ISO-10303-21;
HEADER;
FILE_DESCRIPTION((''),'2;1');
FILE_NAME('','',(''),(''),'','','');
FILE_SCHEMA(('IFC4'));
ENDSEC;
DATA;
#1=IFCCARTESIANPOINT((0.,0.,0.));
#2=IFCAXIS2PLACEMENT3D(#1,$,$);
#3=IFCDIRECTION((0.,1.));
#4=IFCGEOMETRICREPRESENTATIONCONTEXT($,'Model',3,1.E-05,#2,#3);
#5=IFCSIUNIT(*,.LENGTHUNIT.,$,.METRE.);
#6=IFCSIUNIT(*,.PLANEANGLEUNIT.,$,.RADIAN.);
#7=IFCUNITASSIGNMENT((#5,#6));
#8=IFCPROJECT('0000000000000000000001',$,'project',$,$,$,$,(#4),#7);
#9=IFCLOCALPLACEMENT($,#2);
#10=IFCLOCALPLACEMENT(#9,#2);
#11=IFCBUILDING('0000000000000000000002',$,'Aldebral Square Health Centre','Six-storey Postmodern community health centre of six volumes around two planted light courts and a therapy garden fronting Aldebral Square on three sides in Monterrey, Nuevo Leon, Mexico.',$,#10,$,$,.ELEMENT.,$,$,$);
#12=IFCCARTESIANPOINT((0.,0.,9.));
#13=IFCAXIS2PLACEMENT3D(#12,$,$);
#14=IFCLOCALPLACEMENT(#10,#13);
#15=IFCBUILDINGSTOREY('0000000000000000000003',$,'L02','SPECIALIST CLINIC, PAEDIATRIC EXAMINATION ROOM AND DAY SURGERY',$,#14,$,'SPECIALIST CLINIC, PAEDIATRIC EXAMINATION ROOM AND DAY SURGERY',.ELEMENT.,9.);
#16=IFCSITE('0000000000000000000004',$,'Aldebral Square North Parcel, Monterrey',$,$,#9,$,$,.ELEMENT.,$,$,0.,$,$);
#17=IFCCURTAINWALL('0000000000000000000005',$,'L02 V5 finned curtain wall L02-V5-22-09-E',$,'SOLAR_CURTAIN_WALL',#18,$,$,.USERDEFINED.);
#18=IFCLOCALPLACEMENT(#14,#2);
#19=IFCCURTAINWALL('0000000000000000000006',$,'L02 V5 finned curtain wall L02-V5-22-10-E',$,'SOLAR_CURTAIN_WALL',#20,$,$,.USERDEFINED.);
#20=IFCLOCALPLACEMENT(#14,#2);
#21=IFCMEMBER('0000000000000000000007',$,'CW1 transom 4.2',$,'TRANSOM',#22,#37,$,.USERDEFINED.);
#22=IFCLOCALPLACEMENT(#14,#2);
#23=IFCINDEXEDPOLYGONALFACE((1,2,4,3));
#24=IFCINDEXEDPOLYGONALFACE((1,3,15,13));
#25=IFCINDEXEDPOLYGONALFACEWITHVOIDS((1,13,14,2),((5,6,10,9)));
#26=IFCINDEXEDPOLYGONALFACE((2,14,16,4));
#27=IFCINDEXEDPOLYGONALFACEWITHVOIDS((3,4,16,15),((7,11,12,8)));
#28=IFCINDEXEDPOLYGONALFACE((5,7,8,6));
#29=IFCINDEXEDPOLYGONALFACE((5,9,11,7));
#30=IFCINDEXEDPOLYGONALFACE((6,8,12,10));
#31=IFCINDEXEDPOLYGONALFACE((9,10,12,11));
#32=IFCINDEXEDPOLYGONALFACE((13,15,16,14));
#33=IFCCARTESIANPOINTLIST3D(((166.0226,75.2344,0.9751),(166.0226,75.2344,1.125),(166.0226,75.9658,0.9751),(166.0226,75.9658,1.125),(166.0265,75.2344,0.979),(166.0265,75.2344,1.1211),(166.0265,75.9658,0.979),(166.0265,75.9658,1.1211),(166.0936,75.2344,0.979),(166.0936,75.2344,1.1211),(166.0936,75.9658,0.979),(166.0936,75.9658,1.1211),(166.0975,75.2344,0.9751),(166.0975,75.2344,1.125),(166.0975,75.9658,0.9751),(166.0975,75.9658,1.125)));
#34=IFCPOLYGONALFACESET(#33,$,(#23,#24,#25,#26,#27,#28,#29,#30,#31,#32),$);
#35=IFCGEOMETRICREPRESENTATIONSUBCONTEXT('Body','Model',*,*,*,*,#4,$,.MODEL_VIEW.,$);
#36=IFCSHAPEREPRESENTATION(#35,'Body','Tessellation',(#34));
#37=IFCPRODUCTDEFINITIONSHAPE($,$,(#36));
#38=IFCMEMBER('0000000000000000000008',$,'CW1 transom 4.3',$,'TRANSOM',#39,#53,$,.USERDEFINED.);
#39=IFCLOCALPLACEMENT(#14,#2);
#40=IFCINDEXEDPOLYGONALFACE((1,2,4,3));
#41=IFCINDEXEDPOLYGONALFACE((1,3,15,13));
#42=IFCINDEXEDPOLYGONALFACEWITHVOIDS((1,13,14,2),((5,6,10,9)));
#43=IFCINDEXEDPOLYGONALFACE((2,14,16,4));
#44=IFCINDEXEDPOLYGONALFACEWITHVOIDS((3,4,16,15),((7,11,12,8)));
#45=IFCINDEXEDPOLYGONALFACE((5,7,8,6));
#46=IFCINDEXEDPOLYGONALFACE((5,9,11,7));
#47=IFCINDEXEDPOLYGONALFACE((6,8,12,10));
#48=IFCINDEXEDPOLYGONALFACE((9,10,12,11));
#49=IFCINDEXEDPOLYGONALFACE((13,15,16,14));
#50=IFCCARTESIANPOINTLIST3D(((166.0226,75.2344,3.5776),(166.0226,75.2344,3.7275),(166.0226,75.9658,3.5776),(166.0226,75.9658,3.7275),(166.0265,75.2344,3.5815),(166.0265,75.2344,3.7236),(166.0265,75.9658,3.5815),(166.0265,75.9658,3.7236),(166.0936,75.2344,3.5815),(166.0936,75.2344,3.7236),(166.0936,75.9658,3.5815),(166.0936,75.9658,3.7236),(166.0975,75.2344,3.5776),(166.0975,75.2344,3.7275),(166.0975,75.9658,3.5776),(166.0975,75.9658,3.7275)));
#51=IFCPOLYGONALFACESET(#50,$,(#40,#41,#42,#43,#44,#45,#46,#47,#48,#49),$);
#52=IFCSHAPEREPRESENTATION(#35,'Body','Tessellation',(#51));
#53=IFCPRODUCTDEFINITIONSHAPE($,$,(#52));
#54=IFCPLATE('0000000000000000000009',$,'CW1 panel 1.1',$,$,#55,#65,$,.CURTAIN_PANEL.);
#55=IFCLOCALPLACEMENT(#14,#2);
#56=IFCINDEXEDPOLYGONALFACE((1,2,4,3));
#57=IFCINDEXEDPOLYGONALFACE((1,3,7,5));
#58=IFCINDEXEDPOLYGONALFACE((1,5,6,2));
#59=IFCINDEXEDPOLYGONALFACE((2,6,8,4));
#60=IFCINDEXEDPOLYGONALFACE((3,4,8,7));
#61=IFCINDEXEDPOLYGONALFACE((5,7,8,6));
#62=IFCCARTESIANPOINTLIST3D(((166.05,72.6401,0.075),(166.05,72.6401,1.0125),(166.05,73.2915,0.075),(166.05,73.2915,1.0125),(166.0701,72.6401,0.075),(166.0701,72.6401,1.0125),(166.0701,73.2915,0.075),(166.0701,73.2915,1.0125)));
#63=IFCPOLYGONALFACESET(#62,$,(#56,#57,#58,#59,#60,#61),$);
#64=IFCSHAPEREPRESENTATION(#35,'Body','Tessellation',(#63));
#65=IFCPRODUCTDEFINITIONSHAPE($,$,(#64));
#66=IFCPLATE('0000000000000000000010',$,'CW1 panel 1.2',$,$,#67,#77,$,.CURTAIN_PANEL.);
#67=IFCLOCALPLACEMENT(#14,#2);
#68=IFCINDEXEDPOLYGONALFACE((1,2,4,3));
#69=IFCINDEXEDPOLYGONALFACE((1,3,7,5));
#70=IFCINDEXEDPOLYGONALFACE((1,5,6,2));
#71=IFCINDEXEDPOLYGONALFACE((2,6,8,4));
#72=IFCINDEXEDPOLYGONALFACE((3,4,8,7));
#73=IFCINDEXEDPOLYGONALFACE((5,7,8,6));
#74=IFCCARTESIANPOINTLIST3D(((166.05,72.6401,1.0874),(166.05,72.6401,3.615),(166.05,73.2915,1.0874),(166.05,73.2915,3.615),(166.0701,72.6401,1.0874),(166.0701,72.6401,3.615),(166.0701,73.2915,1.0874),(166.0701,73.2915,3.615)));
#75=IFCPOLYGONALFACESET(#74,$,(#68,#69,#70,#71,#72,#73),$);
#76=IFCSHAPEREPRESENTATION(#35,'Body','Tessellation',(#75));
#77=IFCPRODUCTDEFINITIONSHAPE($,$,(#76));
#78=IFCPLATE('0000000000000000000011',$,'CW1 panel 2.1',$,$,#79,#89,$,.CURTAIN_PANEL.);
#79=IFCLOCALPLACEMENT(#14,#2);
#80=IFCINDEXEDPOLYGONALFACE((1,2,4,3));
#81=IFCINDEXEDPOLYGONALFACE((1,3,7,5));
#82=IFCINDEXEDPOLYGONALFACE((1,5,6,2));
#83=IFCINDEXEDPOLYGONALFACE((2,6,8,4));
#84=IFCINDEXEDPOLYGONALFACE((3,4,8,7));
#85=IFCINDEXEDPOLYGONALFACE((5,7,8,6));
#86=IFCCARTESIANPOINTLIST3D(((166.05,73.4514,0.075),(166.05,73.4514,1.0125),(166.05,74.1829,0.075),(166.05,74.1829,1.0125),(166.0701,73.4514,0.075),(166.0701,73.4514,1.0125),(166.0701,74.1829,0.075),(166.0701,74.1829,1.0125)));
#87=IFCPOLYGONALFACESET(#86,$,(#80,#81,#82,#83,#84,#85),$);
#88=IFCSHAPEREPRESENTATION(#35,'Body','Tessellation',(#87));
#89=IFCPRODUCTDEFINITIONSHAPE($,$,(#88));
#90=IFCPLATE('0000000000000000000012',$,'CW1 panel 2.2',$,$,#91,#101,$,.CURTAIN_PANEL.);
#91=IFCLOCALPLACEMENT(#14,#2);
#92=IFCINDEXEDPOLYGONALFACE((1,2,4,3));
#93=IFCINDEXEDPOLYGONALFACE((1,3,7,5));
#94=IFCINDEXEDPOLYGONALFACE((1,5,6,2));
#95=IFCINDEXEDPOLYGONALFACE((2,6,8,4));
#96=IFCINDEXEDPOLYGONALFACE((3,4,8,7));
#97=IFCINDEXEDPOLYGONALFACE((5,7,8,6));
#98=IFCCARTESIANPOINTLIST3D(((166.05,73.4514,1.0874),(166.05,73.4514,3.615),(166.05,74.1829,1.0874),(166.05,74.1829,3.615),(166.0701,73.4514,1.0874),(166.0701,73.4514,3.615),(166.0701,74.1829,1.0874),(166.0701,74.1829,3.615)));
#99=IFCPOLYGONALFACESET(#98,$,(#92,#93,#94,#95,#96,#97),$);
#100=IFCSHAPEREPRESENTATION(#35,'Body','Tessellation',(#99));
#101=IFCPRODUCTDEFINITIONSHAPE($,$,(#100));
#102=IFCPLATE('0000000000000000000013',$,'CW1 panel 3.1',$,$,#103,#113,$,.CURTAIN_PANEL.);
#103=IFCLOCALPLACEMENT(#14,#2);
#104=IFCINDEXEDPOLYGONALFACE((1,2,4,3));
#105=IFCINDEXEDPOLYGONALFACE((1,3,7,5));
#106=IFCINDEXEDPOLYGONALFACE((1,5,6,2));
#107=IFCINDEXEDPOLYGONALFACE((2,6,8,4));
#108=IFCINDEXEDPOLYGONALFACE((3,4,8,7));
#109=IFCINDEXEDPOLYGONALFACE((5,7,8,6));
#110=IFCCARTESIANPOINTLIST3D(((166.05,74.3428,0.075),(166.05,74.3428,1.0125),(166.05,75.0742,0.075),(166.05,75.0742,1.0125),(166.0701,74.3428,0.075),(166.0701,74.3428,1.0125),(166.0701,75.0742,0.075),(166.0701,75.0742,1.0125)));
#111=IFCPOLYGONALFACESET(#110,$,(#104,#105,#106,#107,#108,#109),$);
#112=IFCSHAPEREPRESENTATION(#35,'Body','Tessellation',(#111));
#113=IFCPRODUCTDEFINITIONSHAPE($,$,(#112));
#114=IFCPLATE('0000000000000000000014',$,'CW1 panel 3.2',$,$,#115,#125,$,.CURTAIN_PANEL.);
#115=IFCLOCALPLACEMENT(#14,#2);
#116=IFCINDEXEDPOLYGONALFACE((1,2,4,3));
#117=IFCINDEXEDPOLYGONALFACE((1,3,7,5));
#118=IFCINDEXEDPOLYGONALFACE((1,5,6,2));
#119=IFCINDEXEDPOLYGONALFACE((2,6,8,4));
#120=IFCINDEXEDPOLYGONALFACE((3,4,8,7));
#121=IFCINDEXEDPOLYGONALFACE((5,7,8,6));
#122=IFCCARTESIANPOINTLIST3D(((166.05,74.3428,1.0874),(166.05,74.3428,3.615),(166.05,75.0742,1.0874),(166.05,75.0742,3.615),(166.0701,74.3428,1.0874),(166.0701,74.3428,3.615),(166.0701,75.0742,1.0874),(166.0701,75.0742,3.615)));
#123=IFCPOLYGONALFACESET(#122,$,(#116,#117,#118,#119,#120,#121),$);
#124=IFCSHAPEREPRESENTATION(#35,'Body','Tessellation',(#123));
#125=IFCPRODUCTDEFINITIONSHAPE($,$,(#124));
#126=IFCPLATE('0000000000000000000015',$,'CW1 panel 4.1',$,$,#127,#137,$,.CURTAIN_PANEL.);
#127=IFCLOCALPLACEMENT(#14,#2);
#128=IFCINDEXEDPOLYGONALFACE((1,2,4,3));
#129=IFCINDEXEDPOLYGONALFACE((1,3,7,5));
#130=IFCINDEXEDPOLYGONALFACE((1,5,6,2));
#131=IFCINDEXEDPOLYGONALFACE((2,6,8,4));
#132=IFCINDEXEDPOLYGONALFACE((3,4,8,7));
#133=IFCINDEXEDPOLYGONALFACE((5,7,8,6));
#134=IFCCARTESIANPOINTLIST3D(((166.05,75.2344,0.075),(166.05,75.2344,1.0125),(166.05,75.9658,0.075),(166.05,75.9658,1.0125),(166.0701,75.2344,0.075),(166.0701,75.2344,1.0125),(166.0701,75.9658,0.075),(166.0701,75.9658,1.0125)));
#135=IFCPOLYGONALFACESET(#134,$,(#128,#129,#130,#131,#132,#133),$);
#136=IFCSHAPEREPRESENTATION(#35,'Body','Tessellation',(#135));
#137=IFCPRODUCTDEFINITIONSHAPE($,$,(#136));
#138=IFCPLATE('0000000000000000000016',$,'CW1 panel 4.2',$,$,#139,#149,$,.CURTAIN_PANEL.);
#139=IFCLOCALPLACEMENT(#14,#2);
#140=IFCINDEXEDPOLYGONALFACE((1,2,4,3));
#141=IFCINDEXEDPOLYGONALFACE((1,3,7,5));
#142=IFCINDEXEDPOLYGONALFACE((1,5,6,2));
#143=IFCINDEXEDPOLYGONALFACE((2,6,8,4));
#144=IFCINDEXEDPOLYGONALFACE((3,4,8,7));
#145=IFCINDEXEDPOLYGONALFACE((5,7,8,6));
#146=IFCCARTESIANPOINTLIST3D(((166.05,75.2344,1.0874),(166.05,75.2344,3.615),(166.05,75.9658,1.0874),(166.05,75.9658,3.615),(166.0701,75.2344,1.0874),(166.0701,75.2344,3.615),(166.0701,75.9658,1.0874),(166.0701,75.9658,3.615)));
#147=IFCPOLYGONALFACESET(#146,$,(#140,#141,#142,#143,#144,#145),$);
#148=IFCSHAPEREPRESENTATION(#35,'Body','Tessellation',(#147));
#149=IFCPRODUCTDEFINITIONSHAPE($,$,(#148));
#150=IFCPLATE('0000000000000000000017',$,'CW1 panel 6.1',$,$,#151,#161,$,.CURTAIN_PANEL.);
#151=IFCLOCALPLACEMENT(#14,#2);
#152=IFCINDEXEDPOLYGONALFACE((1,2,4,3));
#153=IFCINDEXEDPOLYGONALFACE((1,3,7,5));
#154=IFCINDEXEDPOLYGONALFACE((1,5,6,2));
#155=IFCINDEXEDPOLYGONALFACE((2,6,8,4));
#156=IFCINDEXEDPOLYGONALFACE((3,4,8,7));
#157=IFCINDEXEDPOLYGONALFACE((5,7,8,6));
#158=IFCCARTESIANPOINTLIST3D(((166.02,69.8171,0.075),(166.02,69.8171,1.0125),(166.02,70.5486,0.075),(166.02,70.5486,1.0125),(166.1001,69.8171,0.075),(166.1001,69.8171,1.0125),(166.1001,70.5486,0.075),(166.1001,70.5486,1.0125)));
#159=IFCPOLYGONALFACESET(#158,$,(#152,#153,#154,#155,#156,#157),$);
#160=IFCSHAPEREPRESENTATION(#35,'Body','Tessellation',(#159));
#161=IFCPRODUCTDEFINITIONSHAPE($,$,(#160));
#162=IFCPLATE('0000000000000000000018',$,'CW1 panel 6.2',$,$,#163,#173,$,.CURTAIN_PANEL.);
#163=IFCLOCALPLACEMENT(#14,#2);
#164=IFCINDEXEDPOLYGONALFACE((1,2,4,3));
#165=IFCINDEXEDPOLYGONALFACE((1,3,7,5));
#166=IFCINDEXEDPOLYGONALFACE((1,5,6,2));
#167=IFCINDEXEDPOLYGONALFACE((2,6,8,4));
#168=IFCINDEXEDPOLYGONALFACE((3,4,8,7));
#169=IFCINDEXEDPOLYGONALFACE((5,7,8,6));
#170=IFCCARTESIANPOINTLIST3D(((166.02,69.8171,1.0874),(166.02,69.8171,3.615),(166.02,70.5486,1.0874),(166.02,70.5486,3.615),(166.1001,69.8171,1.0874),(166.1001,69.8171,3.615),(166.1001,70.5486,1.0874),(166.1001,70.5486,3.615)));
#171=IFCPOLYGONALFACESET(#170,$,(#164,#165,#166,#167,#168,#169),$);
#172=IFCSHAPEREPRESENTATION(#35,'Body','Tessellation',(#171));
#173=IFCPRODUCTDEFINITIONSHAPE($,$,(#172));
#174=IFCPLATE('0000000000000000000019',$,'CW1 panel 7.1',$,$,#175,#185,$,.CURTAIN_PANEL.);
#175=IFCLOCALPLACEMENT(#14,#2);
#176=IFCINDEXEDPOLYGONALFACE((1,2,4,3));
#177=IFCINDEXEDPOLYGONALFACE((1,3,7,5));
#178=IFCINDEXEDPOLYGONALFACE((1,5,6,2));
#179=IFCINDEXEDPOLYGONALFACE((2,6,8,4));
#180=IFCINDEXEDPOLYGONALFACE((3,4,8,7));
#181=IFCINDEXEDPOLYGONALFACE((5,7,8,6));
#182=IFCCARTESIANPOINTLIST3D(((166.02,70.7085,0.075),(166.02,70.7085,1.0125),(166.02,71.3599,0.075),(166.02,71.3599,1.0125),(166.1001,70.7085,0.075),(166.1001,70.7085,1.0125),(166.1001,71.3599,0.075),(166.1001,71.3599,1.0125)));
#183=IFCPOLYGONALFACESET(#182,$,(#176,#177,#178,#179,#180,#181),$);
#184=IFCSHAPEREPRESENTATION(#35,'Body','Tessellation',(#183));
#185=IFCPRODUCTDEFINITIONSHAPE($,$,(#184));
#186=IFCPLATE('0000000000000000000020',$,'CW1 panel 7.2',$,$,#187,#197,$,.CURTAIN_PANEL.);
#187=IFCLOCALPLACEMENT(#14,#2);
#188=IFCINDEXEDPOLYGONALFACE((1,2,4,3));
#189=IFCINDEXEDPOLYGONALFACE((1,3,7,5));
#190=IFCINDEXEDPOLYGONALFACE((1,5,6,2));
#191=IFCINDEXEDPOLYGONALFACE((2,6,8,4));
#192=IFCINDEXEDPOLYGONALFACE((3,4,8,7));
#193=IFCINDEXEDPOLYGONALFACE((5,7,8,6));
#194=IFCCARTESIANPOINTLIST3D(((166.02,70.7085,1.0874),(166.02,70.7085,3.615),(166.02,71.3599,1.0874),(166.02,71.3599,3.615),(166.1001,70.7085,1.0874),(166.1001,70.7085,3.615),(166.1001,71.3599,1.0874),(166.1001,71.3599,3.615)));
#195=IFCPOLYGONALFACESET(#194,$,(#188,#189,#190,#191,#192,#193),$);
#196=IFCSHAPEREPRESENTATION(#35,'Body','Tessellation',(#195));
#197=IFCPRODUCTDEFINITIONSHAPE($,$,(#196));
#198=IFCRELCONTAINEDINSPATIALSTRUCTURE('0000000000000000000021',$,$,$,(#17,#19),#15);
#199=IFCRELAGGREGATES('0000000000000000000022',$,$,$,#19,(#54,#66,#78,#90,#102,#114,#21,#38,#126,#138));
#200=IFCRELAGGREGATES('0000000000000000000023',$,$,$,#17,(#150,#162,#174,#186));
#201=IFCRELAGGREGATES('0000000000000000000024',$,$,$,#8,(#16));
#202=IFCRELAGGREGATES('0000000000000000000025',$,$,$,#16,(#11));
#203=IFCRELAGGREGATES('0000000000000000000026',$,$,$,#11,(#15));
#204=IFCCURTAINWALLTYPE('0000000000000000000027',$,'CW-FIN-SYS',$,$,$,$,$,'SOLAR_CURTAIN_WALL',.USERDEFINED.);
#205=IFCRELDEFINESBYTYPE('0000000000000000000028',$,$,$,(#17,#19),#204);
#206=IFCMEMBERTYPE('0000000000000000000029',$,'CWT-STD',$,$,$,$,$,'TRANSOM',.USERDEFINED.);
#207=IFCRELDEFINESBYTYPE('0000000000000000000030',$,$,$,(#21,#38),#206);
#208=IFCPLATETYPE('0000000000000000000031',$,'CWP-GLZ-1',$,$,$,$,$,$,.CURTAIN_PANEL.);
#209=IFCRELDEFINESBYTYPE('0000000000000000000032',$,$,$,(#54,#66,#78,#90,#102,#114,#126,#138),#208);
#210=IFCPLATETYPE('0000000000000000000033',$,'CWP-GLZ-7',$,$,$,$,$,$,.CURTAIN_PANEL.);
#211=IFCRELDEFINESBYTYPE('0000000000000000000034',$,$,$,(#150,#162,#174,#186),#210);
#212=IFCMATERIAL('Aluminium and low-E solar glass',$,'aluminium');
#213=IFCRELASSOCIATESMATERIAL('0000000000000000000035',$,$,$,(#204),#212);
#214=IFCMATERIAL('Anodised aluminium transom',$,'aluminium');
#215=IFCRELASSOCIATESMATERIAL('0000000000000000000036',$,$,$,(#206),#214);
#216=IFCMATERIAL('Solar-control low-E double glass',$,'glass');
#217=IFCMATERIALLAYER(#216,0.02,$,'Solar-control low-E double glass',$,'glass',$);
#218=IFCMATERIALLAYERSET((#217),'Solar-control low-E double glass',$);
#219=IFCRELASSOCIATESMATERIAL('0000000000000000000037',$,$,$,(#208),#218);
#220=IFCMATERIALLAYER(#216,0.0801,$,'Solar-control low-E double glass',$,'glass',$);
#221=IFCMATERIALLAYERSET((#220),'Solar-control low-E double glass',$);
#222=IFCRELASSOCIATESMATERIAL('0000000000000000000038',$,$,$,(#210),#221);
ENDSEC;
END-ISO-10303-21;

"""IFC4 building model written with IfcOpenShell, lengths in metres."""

from ifc_helpers import new_model, si_unit, direction, frame, origin, origin_2d, place, context, subcontext, project, spatial, rectangle, hollow_rectangle, extrude, material, layer, layer_set, material_profile, profile_set, type_object, element, aggregate, save


model = new_model("IFC4")

# Units and contexts
model_context = context("Model", 3, precision=1e-05, world=origin(), true_north=direction((0.0, 1.0)))
body_context = subcontext(model_context, "Body", "Model", "MODEL_VIEW")
ifc_project = project(units=[si_unit("LENGTHUNIT", "METRE"), si_unit("PLANEANGLEUNIT", "RADIAN")], contexts=[model_context])

# Site, building, storey
site_placement = place(None, origin())
site = spatial("IfcSite", under=ifc_project, at=site_placement, Name="Aldebral Square North Parcel, Monterrey", CompositionType="ELEMENT", RefElevation=0.0)
building_placement = place(site_placement, origin())
building = spatial("IfcBuilding", under=site, at=building_placement, Name="Aldebral Square Health Centre", Description="Six-storey Postmodern community health centre of six volumes around two planted light courts and a therapy garden fronting Aldebral Square on three sides in Monterrey, Nuevo Leon, Mexico.", CompositionType="ELEMENT")
storey_placement = place(building_placement, frame((0.0, 0.0, 9.0)))
storey = spatial("IfcBuildingStorey", under=building, at=storey_placement, Name="L02", Description="SPECIALIST CLINIC, PAEDIATRIC EXAMINATION ROOM AND DAY SURGERY", LongName="SPECIALIST CLINIC, PAEDIATRIC EXAMINATION ROOM AND DAY SURGERY", CompositionType="ELEMENT", Elevation=9.0)

# Curtain walls
ifc_material_1 = material(Name="Aluminium and low-E solar glass", Category="aluminium")
curtain_wall_type = type_object("IfcCurtainWallType", Name="CW-FIN-SYS", ElementType="SOLAR_CURTAIN_WALL", PredefinedType="USERDEFINED", material=ifc_material_1)
curtain_wall_1_placement = place(storey_placement, origin())
curtain_wall_1 = element("IfcCurtainWall", 1, at=curtain_wall_1_placement, inside=storey, type_object=curtain_wall_type, Name="L02 V5 finned curtain wall L02-V5-22-09-E", ObjectType="SOLAR_CURTAIN_WALL", PredefinedType="USERDEFINED")
curtain_wall_2_placement = place(storey_placement, origin())
curtain_wall_2 = element("IfcCurtainWall", 2, at=curtain_wall_2_placement, inside=storey, type_object=curtain_wall_type, Name="L02 V5 finned curtain wall L02-V5-22-10-E", ObjectType="SOLAR_CURTAIN_WALL", PredefinedType="USERDEFINED")

# Members
ifc_material_2 = material(Name="Anodised aluminium transom", Category="aluminium")
ifc_material_profile_1 = material_profile(ifc_material_2, hollow_rectangle(XDim=0.075, YDim=0.1499, WallThickness=0.0039, at=origin_2d()), Name="CWT 75x150x4")
ifc_profile_set_1 = profile_set([ifc_material_profile_1], Name="Anodised aluminium transom")
member_type_1 = type_object("IfcMemberType", Name="CWT-STD", ElementType="TRANSOM", PredefinedType="USERDEFINED", material=ifc_profile_set_1)
member_1_placement = place(storey_placement, frame((166.0601, 75.2344, 1.05), z_axis=(0.0, 1.0, 0.0), x_axis=(-1.0, 0.0, 0.0)))
member_1 = element("IfcMember", 3, at=member_1_placement, type_object=member_type_1, Name="CW1 transom 4.2", ObjectType="TRANSOM", PredefinedType="USERDEFINED", context=body_context, shape_type="SweptSolid", body=[
    extrude(hollow_rectangle(XDim=0.075, YDim=0.1499, WallThickness=0.0039, at=origin_2d()), origin(), (0.0, 0.0, 1.0), 0.7314),
])
member_2_placement = place(storey_placement, frame((166.0601, 75.2344, 3.6526), z_axis=(0.0, 1.0, 0.0), x_axis=(-1.0, 0.0, 0.0)))
member_2 = element("IfcMember", 4, at=member_2_placement, type_object=member_type_1, Name="CW1 transom 4.3", ObjectType="TRANSOM", PredefinedType="USERDEFINED", context=body_context, shape_type="SweptSolid", body=[
    extrude(hollow_rectangle(XDim=0.075, YDim=0.1499, WallThickness=0.0039, at=origin_2d()), origin(), (0.0, 0.0, 1.0), 0.7314),
])

# Plates
ifc_material_3 = material(Name="Solar-control low-E double glass", Category="glass")
ifc_layer_1 = layer(ifc_material_3, 0.02, Name="Solar-control low-E double glass", Category="glass")
ifc_layer_set_1 = layer_set([ifc_layer_1], Name="Solar-control low-E double glass")
plate_type_1 = type_object("IfcPlateType", Name="CWP-GLZ-1", PredefinedType="CURTAIN_PANEL", material=ifc_layer_set_1)
plate_1_placement = place(storey_placement, frame((166.0601, 72.9658, 0.075), z_axis=(0.0, 0.0, 1.0), x_axis=(0.0, 1.0, 0.0)))
plate_1 = element("IfcPlate", 5, at=plate_1_placement, type_object=plate_type_1, Name="CW1 panel 1.1", PredefinedType="CURTAIN_PANEL", context=body_context, shape_type="SweptSolid", body=[
    extrude(rectangle(XDim=0.6514, YDim=0.02, at=origin_2d()), origin(), (0.0, 0.0, 1.0), 0.9375),
])
plate_2_placement = place(storey_placement, frame((166.0601, 72.9658, 1.0874), z_axis=(0.0, 0.0, 1.0), x_axis=(0.0, 1.0, 0.0)))
plate_2 = element("IfcPlate", 6, at=plate_2_placement, type_object=plate_type_1, Name="CW1 panel 1.2", PredefinedType="CURTAIN_PANEL", context=body_context, shape_type="SweptSolid", body=[
    extrude(rectangle(XDim=0.6514, YDim=0.02, at=origin_2d()), origin(), (0.0, 0.0, 1.0), 2.5276),
])
plate_3_placement = place(storey_placement, frame((166.0601, 73.8171, 0.075), z_axis=(0.0, 0.0, 1.0), x_axis=(0.0, 1.0, 0.0)))
plate_3 = element("IfcPlate", 7, at=plate_3_placement, type_object=plate_type_1, Name="CW1 panel 2.1", PredefinedType="CURTAIN_PANEL", context=body_context, shape_type="SweptSolid", body=[
    extrude(rectangle(XDim=0.7314, YDim=0.02, at=origin_2d()), origin(), (0.0, 0.0, 1.0), 0.9375),
])
plate_4_placement = place(storey_placement, frame((166.0601, 73.8171, 1.0874), z_axis=(0.0, 0.0, 1.0), x_axis=(0.0, 1.0, 0.0)))
plate_4 = element("IfcPlate", 8, at=plate_4_placement, type_object=plate_type_1, Name="CW1 panel 2.2", PredefinedType="CURTAIN_PANEL", context=body_context, shape_type="SweptSolid", body=[
    extrude(rectangle(XDim=0.7314, YDim=0.02, at=origin_2d()), origin(), (0.0, 0.0, 1.0), 2.5276),
])
plate_5_placement = place(storey_placement, frame((166.0601, 74.7085, 0.075), z_axis=(0.0, 0.0, 1.0), x_axis=(0.0, 1.0, 0.0)))
plate_5 = element("IfcPlate", 9, at=plate_5_placement, type_object=plate_type_1, Name="CW1 panel 3.1", PredefinedType="CURTAIN_PANEL", context=body_context, shape_type="SweptSolid", body=[
    extrude(rectangle(XDim=0.7314, YDim=0.02, at=origin_2d()), origin(), (0.0, 0.0, 1.0), 0.9375),
])
plate_6_placement = place(storey_placement, frame((166.0601, 74.7085, 1.0874), z_axis=(0.0, 0.0, 1.0), x_axis=(0.0, 1.0, 0.0)))
plate_6 = element("IfcPlate", 10, at=plate_6_placement, type_object=plate_type_1, Name="CW1 panel 3.2", PredefinedType="CURTAIN_PANEL", context=body_context, shape_type="SweptSolid", body=[
    extrude(rectangle(XDim=0.7314, YDim=0.02, at=origin_2d()), origin(), (0.0, 0.0, 1.0), 2.5276),
])
plate_7_placement = place(storey_placement, frame((166.0601, 75.6001, 0.075), z_axis=(0.0, 0.0, 1.0), x_axis=(0.0, 1.0, 0.0)))
plate_7 = element("IfcPlate", 11, at=plate_7_placement, type_object=plate_type_1, Name="CW1 panel 4.1", PredefinedType="CURTAIN_PANEL", context=body_context, shape_type="SweptSolid", body=[
    extrude(rectangle(XDim=0.7314, YDim=0.02, at=origin_2d()), origin(), (0.0, 0.0, 1.0), 0.9375),
])
plate_8_placement = place(storey_placement, frame((166.0601, 75.6001, 1.0874), z_axis=(0.0, 0.0, 1.0), x_axis=(0.0, 1.0, 0.0)))
plate_8 = element("IfcPlate", 12, at=plate_8_placement, type_object=plate_type_1, Name="CW1 panel 4.2", PredefinedType="CURTAIN_PANEL", context=body_context, shape_type="SweptSolid", body=[
    extrude(rectangle(XDim=0.7314, YDim=0.02, at=origin_2d()), origin(), (0.0, 0.0, 1.0), 2.5276),
])
aggregate(curtain_wall_2, [plate_1, plate_2, plate_3, plate_4, plate_5, plate_6, member_1, member_2, plate_7, plate_8])
ifc_layer_2 = layer(ifc_material_3, 0.0801, Name="Solar-control low-E double glass", Category="glass")
ifc_layer_set_2 = layer_set([ifc_layer_2], Name="Solar-control low-E double glass")
plate_type_2 = type_object("IfcPlateType", Name="CWP-GLZ-7", PredefinedType="CURTAIN_PANEL", material=ifc_layer_set_2)
plate_9_placement = place(storey_placement, frame((166.0601, 70.1829, 0.075), z_axis=(0.0, 0.0, 1.0), x_axis=(0.0, 1.0, 0.0)))
plate_9 = element("IfcPlate", 13, at=plate_9_placement, type_object=plate_type_2, Name="CW1 panel 6.1", PredefinedType="CURTAIN_PANEL", context=body_context, shape_type="SweptSolid", body=[
    extrude(rectangle(XDim=0.7314, YDim=0.0801, at=origin_2d()), origin(), (0.0, 0.0, 1.0), 0.9375),
])
plate_10_placement = place(storey_placement, frame((166.0601, 70.1829, 1.0874), z_axis=(0.0, 0.0, 1.0), x_axis=(0.0, 1.0, 0.0)))
plate_10 = element("IfcPlate", 14, at=plate_10_placement, type_object=plate_type_2, Name="CW1 panel 6.2", PredefinedType="CURTAIN_PANEL", context=body_context, shape_type="SweptSolid", body=[
    extrude(rectangle(XDim=0.7314, YDim=0.0801, at=origin_2d()), origin(), (0.0, 0.0, 1.0), 2.5276),
])
plate_11_placement = place(storey_placement, frame((166.0601, 71.0342, 0.075), z_axis=(0.0, 0.0, 1.0), x_axis=(0.0, 1.0, 0.0)))
plate_11 = element("IfcPlate", 15, at=plate_11_placement, type_object=plate_type_2, Name="CW1 panel 7.1", PredefinedType="CURTAIN_PANEL", context=body_context, shape_type="SweptSolid", body=[
    extrude(rectangle(XDim=0.6514, YDim=0.0801, at=origin_2d()), origin(), (0.0, 0.0, 1.0), 0.9375),
])
plate_12_placement = place(storey_placement, frame((166.0601, 71.0342, 1.0874), z_axis=(0.0, 0.0, 1.0), x_axis=(0.0, 1.0, 0.0)))
plate_12 = element("IfcPlate", 16, at=plate_12_placement, type_object=plate_type_2, Name="CW1 panel 7.2", PredefinedType="CURTAIN_PANEL", context=body_context, shape_type="SweptSolid", body=[
    extrude(rectangle(XDim=0.6514, YDim=0.0801, at=origin_2d()), origin(), (0.0, 0.0, 1.0), 2.5276),
])
aggregate(curtain_wall_1, [plate_9, plate_10, plate_11, plate_12])

save(model, "model.ifc")
